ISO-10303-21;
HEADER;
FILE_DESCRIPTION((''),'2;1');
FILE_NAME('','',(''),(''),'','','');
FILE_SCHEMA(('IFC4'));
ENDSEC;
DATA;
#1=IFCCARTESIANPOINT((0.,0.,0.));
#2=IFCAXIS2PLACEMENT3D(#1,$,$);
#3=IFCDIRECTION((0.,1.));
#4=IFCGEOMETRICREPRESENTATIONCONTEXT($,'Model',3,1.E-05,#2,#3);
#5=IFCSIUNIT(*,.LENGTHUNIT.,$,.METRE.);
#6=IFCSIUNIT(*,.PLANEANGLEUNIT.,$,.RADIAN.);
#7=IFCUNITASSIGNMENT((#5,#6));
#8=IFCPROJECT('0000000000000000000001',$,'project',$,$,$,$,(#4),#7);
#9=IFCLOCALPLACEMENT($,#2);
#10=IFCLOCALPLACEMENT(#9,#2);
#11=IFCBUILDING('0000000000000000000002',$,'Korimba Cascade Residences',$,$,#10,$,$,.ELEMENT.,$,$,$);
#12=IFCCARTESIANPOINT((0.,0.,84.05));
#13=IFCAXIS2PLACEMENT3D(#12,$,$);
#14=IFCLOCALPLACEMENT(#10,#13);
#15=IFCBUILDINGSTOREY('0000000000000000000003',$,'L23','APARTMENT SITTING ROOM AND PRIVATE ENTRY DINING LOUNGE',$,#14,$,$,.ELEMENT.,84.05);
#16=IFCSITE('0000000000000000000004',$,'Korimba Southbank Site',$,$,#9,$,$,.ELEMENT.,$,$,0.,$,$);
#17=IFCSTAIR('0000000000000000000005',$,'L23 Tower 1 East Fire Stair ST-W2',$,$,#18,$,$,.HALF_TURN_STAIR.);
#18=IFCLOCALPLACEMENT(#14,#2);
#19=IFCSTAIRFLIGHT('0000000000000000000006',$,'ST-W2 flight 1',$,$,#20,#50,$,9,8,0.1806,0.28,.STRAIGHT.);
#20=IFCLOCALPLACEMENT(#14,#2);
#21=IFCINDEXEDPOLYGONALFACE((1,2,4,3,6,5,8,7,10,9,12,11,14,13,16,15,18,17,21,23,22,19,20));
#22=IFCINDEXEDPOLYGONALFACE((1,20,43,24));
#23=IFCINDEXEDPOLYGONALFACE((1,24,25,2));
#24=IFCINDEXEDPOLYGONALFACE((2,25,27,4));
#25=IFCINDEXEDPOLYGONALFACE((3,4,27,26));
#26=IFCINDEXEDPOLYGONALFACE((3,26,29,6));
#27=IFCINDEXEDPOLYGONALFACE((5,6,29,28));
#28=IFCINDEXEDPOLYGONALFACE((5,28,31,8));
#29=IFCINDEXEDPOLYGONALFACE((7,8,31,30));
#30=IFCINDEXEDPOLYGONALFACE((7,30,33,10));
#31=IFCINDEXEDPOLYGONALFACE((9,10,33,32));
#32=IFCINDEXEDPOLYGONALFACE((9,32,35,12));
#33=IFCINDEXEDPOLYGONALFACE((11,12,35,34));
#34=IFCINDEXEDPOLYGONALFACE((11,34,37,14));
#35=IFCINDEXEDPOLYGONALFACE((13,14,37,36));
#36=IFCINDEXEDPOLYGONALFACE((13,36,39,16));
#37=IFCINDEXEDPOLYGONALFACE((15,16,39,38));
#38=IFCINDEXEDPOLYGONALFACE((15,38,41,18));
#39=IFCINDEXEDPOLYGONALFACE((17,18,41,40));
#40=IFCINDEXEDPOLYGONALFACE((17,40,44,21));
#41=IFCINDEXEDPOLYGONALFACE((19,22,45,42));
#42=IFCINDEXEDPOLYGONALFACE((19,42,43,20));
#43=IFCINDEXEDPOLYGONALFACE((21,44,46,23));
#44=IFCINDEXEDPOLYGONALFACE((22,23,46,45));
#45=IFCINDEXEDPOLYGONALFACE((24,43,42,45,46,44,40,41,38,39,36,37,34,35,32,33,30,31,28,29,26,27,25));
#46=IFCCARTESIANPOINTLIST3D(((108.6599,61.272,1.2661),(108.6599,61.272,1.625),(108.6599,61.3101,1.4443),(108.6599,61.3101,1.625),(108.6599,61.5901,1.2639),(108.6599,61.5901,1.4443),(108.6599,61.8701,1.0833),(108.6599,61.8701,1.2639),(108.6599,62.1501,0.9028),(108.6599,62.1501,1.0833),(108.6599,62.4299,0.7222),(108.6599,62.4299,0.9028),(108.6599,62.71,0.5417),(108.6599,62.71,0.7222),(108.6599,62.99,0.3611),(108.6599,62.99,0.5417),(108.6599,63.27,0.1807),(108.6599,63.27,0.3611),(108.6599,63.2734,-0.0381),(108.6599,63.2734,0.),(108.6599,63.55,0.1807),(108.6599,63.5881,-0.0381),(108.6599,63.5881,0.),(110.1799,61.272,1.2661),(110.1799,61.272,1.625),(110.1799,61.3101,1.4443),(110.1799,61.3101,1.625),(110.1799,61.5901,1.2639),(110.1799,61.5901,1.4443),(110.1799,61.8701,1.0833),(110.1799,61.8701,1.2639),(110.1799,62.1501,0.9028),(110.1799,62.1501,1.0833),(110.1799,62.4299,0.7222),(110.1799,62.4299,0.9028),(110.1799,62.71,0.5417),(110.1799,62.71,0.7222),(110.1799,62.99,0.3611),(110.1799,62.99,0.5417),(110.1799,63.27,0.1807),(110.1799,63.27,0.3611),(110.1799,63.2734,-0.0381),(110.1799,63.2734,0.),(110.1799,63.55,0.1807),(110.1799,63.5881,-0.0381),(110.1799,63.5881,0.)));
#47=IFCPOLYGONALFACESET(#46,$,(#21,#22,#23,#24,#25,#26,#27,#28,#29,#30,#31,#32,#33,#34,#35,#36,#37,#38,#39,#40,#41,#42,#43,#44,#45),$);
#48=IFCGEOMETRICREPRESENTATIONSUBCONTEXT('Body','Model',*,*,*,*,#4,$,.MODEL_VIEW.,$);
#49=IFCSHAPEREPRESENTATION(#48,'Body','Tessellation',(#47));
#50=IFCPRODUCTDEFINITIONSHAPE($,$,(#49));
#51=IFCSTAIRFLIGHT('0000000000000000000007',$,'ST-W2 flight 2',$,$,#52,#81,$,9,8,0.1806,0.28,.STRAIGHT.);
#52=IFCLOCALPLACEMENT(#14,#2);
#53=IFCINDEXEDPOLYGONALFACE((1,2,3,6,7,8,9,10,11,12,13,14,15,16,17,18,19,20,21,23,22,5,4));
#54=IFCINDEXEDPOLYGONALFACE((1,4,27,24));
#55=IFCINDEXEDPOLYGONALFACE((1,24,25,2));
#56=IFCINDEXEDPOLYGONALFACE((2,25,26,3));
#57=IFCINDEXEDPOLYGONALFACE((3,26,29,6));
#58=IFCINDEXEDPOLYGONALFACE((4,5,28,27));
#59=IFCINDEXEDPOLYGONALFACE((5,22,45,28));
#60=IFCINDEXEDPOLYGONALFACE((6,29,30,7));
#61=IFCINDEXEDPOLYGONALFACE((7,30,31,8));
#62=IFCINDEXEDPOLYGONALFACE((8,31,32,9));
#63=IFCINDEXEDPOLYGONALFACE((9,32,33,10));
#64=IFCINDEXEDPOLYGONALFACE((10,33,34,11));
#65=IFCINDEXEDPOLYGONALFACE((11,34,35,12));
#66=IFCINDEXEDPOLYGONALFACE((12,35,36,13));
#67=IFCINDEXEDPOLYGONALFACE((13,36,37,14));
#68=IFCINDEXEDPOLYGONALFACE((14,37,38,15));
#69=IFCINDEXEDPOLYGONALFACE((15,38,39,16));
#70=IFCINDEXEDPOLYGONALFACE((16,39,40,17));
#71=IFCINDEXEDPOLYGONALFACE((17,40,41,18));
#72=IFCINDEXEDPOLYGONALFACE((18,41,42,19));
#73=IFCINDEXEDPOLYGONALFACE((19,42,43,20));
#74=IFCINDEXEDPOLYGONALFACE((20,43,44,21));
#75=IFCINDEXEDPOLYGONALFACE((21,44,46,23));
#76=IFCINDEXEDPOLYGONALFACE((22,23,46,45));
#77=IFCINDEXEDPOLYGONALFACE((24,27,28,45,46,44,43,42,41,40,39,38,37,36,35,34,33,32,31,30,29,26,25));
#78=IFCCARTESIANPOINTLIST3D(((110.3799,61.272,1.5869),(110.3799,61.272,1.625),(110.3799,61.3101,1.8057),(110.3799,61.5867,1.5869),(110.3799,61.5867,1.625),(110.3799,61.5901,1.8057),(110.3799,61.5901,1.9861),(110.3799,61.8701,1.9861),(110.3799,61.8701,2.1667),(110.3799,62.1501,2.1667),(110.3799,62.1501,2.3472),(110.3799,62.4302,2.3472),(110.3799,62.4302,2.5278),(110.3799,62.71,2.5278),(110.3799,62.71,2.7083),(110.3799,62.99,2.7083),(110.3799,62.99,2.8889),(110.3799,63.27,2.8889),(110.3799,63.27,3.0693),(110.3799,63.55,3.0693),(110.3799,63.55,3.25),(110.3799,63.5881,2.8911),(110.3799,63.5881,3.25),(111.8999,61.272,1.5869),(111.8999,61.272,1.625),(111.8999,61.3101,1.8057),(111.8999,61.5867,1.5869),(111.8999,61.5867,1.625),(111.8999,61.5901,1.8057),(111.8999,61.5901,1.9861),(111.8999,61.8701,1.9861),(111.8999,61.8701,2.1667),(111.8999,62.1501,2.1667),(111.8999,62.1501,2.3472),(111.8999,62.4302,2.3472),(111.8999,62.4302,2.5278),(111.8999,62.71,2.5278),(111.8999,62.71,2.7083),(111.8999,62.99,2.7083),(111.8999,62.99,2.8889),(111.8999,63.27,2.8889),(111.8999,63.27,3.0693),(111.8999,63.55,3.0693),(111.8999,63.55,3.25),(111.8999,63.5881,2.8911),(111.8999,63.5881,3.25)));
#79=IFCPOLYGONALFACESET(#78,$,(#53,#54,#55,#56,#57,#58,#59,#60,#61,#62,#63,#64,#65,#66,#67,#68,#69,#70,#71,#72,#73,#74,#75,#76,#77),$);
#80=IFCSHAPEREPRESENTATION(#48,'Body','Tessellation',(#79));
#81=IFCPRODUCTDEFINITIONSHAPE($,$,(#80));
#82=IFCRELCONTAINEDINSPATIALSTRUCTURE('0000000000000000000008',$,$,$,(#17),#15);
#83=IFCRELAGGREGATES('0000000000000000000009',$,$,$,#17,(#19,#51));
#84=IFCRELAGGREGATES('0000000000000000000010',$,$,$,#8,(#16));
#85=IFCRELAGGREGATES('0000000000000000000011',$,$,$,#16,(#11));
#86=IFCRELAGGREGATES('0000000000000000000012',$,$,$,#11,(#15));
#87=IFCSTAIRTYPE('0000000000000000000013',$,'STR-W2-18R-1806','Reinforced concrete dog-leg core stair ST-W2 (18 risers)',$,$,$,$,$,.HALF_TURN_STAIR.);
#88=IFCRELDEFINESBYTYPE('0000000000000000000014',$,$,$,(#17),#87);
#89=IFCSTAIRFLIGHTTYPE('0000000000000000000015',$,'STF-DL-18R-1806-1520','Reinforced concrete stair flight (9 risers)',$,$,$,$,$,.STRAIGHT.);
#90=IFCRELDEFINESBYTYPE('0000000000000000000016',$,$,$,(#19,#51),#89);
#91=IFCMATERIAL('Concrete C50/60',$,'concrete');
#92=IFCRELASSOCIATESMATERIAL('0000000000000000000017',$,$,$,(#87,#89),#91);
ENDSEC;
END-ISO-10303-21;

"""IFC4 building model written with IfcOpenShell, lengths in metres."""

from ifc_helpers import new_model, si_unit, direction, frame, origin, place, context, subcontext, project, spatial, polyline, outline, extrude, material, type_object, element, aggregate, save


model = new_model("IFC4")

# Units and contexts
model_context = context("Model", 3, precision=1e-05, world=origin(), true_north=direction((0.0, 1.0)))
body_context = subcontext(model_context, "Body", "Model", "MODEL_VIEW")
ifc_project = project(units=[si_unit("LENGTHUNIT", "METRE"), si_unit("PLANEANGLEUNIT", "RADIAN")], contexts=[model_context])

# Site, building, storey
site_placement = place(None, origin())
site = spatial("IfcSite", under=ifc_project, at=site_placement, Name="Korimba Southbank Site", CompositionType="ELEMENT", RefElevation=0.0)
building_placement = place(site_placement, origin())
building = spatial("IfcBuilding", under=site, at=building_placement, Name="Korimba Cascade Residences", CompositionType="ELEMENT")
storey_placement = place(building_placement, frame((0.0, 0.0, 84.05)))
storey = spatial("IfcBuildingStorey", under=building, at=storey_placement, Name="L23", Description="APARTMENT SITTING ROOM AND PRIVATE ENTRY DINING LOUNGE", CompositionType="ELEMENT", Elevation=84.05)

# Shared definitions
ifc_material_1 = material(Name="Concrete C50/60", Category="concrete")

# Stair, stair flights
stair_type = type_object("IfcStairType", Name="STR-W2-18R-1806", Description="Reinforced concrete dog-leg core stair ST-W2 (18 risers)", PredefinedType="HALF_TURN_STAIR", material=ifc_material_1)
stair_placement = place(storey_placement, origin())
stair = element("IfcStair", 1, at=stair_placement, inside=storey, type_object=stair_type, Name="L23 Tower 1 East Fire Stair ST-W2", PredefinedType="HALF_TURN_STAIR")
stair_flight_type = type_object("IfcStairFlightType", Name="STF-DL-18R-1806-1520", Description="Reinforced concrete stair flight (9 risers)", PredefinedType="STRAIGHT", material=ifc_material_1)
stair_flight_1_placement = place(storey_placement, frame((109.4199, 63.55, 0.0), z_axis=(0.0, 0.0, 1.0), x_axis=(0.0, -1.0, 0.0)))
stair_flight_1 = element("IfcStairFlight", 2, at=stair_flight_1_placement, type_object=stair_flight_type, Name="ST-W2 flight 1", NumberOfRisers=9, NumberOfTreads=8, PredefinedType="STRAIGHT", RiserHeight=0.1806, TreadLength=0.28, context=body_context, shape_type="SweptSolid", body=[
    extrude(outline(polyline([(-0.0381, 0.0), (0.0, 0.1807), (0.28, 0.1807), (0.28, 0.3611), (0.5601, 0.3611), (0.5601, 0.5417), (0.8401, 0.5417), (0.8401, 0.7222), (1.1201, 0.7222), (1.1201, 0.9028), (1.3999, 0.9028), (1.3999, 1.0833), (1.6799, 1.0833), (1.6799, 1.2639), (1.96, 1.2639), (1.96, 1.4443), (2.24, 1.4443), (2.24, 1.625), (2.2781, 1.625), (2.2781, 1.2661), (0.2766, 0.0), (0.2766, -0.0381), (-0.0381, -0.0381), (-0.0381, 0.0)])), frame((0.0, 0.76, 0.0), z_axis=(0.0, -1.0, 0.0), x_axis=(1.0, 0.0, 0.0)), (0.0, 0.0, 1.0), 1.52),
])
stair_flight_2_placement = place(storey_placement, frame((111.1399, 61.3101, 1.625), z_axis=(0.0, 0.0, 1.0), x_axis=(0.0, 1.0, 0.0)))
stair_flight_2 = element("IfcStairFlight", 3, at=stair_flight_2_placement, type_object=stair_flight_type, Name="ST-W2 flight 2", NumberOfRisers=9, NumberOfTreads=8, PredefinedType="STRAIGHT", RiserHeight=0.1806, TreadLength=0.28, context=body_context, shape_type="SweptSolid", body=[
    extrude(outline(polyline([(-0.0381, 0.0), (0.0, 0.1807), (0.28, 0.1807), (0.28, 0.3611), (0.5601, 0.3611), (0.5601, 0.5417), (0.8401, 0.5417), (0.8401, 0.7222), (1.1201, 0.7222), (1.1201, 0.9028), (1.3999, 0.9028), (1.3999, 1.0833), (1.6799, 1.0833), (1.6799, 1.2639), (1.96, 1.2639), (1.96, 1.4443), (2.24, 1.4443), (2.24, 1.625), (2.2781, 1.625), (2.2781, 1.2661), (0.2766, 0.0), (0.2766, -0.0381), (-0.0381, -0.0381), (-0.0381, 0.0)])), frame((0.0, 0.76, 0.0), z_axis=(0.0, -1.0, 0.0), x_axis=(1.0, 0.0, 0.0)), (0.0, 0.0, 1.0), 1.52),
])
aggregate(stair, [stair_flight_1, stair_flight_2])

save(model, "model.ifc")
